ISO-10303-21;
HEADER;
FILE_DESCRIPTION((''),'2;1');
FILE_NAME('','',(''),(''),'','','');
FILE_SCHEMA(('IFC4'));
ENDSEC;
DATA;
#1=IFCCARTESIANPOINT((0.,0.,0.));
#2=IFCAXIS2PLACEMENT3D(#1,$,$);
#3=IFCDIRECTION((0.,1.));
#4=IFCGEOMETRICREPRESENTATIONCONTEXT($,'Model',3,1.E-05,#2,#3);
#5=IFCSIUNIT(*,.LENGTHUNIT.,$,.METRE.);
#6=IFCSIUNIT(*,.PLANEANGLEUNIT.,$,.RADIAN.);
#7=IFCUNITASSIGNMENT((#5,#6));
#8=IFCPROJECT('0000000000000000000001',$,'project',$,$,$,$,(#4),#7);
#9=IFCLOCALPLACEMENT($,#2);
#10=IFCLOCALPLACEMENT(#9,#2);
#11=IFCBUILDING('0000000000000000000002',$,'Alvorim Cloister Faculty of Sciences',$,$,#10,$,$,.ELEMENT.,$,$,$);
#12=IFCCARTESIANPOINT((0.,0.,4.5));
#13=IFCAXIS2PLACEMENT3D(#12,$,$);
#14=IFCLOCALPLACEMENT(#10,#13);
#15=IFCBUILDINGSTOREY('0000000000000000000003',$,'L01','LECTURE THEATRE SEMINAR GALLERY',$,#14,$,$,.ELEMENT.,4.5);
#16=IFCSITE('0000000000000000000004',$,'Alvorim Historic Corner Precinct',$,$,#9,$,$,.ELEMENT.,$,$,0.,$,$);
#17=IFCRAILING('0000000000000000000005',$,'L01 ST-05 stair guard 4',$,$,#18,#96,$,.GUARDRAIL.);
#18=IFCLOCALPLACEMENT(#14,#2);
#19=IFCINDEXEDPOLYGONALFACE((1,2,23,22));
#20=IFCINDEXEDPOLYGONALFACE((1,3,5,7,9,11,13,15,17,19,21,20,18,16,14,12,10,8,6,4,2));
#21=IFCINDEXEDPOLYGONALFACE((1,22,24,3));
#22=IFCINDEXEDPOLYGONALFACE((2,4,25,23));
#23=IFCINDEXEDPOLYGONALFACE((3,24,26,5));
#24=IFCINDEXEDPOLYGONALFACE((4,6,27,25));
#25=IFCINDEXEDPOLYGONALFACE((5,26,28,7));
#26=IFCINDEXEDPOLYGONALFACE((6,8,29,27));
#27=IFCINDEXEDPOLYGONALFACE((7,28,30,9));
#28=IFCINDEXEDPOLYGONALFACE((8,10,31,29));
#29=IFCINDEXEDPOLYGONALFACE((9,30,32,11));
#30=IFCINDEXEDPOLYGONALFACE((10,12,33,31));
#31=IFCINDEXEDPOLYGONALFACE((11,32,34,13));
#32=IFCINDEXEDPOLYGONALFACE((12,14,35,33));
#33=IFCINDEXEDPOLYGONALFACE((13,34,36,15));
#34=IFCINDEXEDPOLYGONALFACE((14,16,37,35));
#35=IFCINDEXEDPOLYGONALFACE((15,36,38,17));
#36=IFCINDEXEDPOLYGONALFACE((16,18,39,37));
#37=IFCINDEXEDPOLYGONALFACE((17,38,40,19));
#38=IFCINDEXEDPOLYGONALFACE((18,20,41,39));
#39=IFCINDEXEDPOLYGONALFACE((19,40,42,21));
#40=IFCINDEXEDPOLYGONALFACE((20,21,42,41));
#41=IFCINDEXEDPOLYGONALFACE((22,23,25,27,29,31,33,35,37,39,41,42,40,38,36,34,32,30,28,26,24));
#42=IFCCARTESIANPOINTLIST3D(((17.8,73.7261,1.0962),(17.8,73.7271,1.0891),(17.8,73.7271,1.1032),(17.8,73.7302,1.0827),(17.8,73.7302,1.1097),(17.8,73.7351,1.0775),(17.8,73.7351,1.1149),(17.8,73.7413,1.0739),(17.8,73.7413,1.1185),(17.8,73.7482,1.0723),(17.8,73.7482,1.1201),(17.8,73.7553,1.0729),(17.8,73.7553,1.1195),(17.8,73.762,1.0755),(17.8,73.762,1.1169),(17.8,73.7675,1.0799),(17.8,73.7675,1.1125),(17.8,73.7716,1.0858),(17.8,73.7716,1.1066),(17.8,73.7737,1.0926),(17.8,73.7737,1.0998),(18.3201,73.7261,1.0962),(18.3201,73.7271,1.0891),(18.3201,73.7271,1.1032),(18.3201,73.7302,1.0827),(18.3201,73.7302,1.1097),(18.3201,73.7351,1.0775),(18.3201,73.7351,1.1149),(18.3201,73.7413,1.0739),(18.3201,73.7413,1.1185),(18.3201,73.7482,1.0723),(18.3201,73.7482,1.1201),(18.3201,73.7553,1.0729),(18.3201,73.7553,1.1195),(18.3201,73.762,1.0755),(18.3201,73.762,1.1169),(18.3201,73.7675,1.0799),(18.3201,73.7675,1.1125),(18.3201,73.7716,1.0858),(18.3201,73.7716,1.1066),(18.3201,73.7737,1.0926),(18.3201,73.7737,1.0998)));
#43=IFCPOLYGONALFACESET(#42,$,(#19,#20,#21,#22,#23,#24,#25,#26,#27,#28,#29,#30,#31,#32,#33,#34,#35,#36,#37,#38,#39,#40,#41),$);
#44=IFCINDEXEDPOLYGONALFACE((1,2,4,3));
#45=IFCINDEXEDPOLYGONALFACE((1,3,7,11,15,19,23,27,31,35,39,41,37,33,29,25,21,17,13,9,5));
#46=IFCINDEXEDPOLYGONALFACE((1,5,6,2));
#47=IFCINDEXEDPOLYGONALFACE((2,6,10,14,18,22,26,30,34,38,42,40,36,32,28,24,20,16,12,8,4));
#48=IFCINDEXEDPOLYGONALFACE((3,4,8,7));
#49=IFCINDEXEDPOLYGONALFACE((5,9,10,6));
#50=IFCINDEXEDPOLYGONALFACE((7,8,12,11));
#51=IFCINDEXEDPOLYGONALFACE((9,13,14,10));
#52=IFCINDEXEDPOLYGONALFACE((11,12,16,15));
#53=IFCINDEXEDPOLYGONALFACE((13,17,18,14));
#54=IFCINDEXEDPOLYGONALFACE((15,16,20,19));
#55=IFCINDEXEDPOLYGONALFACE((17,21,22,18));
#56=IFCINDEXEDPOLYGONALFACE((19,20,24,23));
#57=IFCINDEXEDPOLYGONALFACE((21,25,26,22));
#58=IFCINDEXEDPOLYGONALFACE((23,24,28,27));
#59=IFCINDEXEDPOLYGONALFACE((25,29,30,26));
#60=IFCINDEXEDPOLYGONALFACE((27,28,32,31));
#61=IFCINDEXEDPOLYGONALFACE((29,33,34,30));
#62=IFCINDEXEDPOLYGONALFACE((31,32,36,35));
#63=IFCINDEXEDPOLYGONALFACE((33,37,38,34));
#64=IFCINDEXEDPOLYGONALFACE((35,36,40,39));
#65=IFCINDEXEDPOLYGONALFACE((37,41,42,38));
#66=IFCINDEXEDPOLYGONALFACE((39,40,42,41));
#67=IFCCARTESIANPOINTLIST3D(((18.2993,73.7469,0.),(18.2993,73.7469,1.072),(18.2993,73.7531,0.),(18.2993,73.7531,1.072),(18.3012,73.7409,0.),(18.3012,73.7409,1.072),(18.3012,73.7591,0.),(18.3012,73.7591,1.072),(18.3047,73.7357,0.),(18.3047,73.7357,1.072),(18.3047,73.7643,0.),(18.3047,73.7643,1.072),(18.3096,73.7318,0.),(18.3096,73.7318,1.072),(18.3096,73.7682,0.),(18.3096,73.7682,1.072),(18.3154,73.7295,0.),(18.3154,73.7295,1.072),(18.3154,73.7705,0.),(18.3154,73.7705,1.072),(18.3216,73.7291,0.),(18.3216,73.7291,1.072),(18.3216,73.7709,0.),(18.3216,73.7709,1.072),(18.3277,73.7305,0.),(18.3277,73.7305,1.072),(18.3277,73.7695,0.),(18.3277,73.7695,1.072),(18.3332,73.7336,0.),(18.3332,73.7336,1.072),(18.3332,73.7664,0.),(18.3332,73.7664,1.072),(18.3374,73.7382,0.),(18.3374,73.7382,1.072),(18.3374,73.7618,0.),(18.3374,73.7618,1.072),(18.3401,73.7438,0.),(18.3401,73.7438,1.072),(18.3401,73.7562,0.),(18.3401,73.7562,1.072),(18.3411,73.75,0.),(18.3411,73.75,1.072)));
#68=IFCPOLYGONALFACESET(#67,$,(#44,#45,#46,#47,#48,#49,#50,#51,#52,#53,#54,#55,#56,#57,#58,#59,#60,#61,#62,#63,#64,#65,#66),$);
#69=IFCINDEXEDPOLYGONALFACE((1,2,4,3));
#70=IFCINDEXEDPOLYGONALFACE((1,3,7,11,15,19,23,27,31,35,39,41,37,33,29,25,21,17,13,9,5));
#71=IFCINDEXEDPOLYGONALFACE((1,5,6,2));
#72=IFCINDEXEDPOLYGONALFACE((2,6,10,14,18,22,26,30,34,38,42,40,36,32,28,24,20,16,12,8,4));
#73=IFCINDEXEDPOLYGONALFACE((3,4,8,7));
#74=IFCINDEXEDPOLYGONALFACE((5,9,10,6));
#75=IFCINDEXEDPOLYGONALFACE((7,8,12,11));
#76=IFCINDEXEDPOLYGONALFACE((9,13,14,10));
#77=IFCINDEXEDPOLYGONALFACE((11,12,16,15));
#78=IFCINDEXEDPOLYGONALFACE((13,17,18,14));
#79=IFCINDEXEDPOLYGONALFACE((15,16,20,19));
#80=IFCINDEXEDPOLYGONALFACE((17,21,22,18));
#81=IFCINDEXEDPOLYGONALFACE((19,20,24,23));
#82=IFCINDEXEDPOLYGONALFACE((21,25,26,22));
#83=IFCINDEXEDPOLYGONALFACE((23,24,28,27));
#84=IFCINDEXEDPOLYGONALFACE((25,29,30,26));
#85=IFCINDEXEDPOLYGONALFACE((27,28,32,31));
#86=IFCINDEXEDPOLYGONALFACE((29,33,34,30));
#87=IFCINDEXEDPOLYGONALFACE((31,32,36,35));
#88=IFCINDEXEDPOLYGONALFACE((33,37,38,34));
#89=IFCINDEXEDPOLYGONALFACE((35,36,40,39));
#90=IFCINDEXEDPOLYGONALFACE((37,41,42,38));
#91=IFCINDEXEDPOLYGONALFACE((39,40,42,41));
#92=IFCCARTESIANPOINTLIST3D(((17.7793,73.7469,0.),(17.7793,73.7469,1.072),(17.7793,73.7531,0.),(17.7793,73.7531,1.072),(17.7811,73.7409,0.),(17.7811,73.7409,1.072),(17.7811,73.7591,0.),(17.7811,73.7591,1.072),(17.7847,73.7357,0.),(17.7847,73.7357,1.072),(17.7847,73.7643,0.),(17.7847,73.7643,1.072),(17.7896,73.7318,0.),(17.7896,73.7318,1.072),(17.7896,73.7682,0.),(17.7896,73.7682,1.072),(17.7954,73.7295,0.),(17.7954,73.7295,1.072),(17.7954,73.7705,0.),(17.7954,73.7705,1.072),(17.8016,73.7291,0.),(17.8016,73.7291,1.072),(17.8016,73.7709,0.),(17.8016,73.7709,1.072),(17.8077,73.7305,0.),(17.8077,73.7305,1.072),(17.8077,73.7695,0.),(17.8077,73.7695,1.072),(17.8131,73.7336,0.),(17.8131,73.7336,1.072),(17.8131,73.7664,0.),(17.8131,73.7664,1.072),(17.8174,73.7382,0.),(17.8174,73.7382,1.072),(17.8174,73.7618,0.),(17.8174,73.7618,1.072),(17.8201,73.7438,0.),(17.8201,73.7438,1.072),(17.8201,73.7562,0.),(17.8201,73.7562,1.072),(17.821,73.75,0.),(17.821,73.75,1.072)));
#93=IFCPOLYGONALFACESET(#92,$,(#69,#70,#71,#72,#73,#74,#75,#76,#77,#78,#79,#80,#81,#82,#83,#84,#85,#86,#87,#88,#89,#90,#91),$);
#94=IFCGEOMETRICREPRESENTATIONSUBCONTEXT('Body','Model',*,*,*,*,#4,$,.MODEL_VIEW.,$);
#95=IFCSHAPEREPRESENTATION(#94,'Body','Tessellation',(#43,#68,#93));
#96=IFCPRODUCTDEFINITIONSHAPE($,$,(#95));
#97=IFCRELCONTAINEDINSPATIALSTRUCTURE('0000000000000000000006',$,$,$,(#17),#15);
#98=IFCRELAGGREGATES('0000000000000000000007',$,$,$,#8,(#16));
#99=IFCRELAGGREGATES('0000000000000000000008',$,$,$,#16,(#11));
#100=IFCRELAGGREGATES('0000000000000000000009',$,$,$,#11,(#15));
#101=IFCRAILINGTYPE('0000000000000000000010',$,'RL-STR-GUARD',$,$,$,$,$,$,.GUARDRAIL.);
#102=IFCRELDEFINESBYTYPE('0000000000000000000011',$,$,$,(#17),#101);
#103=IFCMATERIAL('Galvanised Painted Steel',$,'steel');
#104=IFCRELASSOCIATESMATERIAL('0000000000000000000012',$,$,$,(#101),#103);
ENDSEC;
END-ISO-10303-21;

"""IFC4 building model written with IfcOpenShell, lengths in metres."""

from ifc_helpers import new_model, si_unit, direction, frame, origin, origin_2d, place, context, subcontext, project, spatial, circle, extrude, material, type_object, element, save


model = new_model("IFC4")

# Units and contexts
model_context = context("Model", 3, precision=1e-05, world=origin(), true_north=direction((0.0, 1.0)))
body_context = subcontext(model_context, "Body", "Model", "MODEL_VIEW")
ifc_project = project(units=[si_unit("LENGTHUNIT", "METRE"), si_unit("PLANEANGLEUNIT", "RADIAN")], contexts=[model_context])

# Site, building, storey
site_placement = place(None, origin())
site = spatial("IfcSite", under=ifc_project, at=site_placement, Name="Alvorim Historic Corner Precinct", CompositionType="ELEMENT", RefElevation=0.0)
building_placement = place(site_placement, origin())
building = spatial("IfcBuilding", under=site, at=building_placement, Name="Alvorim Cloister Faculty of Sciences", CompositionType="ELEMENT")
storey_placement = place(building_placement, frame((0.0, 0.0, 4.5)))
storey = spatial("IfcBuildingStorey", under=building, at=storey_placement, Name="L01", Description="LECTURE THEATRE SEMINAR GALLERY", CompositionType="ELEMENT", Elevation=4.5)

# Railing
ifc_material_1 = material(Name="Galvanised Painted Steel", Category="steel")
railing_type_1 = type_object("IfcRailingType", Name="RL-STR-GUARD", PredefinedType="GUARDRAIL", material=ifc_material_1)
railing_1_placement = place(storey_placement, frame((18.3201, 73.75, 0.0)))
element("IfcRailing", 1, at=railing_1_placement, inside=storey, type_object=railing_type_1, Name="L01 ST-05 stair guard 4", PredefinedType="GUARDRAIL", context=body_context, shape_type="SweptSolid", body=[
    extrude(circle(Radius=0.0239, at=origin_2d()), frame((0.0, 0.0, 1.0962), z_axis=(-1.0, 0.0, 0.0), x_axis=(0.0, -1.0, 0.0)), (0.0, 0.0, 1.0), 0.52),
    extrude(circle(Radius=0.021, at=origin_2d()), origin(), (0.0, 0.0, 1.0), 1.072),
    extrude(circle(Radius=0.021, at=origin_2d()), frame((-0.52, 0.0, 0.0)), (0.0, 0.0, 1.0), 1.072),
])

save(model, "model.ifc")
